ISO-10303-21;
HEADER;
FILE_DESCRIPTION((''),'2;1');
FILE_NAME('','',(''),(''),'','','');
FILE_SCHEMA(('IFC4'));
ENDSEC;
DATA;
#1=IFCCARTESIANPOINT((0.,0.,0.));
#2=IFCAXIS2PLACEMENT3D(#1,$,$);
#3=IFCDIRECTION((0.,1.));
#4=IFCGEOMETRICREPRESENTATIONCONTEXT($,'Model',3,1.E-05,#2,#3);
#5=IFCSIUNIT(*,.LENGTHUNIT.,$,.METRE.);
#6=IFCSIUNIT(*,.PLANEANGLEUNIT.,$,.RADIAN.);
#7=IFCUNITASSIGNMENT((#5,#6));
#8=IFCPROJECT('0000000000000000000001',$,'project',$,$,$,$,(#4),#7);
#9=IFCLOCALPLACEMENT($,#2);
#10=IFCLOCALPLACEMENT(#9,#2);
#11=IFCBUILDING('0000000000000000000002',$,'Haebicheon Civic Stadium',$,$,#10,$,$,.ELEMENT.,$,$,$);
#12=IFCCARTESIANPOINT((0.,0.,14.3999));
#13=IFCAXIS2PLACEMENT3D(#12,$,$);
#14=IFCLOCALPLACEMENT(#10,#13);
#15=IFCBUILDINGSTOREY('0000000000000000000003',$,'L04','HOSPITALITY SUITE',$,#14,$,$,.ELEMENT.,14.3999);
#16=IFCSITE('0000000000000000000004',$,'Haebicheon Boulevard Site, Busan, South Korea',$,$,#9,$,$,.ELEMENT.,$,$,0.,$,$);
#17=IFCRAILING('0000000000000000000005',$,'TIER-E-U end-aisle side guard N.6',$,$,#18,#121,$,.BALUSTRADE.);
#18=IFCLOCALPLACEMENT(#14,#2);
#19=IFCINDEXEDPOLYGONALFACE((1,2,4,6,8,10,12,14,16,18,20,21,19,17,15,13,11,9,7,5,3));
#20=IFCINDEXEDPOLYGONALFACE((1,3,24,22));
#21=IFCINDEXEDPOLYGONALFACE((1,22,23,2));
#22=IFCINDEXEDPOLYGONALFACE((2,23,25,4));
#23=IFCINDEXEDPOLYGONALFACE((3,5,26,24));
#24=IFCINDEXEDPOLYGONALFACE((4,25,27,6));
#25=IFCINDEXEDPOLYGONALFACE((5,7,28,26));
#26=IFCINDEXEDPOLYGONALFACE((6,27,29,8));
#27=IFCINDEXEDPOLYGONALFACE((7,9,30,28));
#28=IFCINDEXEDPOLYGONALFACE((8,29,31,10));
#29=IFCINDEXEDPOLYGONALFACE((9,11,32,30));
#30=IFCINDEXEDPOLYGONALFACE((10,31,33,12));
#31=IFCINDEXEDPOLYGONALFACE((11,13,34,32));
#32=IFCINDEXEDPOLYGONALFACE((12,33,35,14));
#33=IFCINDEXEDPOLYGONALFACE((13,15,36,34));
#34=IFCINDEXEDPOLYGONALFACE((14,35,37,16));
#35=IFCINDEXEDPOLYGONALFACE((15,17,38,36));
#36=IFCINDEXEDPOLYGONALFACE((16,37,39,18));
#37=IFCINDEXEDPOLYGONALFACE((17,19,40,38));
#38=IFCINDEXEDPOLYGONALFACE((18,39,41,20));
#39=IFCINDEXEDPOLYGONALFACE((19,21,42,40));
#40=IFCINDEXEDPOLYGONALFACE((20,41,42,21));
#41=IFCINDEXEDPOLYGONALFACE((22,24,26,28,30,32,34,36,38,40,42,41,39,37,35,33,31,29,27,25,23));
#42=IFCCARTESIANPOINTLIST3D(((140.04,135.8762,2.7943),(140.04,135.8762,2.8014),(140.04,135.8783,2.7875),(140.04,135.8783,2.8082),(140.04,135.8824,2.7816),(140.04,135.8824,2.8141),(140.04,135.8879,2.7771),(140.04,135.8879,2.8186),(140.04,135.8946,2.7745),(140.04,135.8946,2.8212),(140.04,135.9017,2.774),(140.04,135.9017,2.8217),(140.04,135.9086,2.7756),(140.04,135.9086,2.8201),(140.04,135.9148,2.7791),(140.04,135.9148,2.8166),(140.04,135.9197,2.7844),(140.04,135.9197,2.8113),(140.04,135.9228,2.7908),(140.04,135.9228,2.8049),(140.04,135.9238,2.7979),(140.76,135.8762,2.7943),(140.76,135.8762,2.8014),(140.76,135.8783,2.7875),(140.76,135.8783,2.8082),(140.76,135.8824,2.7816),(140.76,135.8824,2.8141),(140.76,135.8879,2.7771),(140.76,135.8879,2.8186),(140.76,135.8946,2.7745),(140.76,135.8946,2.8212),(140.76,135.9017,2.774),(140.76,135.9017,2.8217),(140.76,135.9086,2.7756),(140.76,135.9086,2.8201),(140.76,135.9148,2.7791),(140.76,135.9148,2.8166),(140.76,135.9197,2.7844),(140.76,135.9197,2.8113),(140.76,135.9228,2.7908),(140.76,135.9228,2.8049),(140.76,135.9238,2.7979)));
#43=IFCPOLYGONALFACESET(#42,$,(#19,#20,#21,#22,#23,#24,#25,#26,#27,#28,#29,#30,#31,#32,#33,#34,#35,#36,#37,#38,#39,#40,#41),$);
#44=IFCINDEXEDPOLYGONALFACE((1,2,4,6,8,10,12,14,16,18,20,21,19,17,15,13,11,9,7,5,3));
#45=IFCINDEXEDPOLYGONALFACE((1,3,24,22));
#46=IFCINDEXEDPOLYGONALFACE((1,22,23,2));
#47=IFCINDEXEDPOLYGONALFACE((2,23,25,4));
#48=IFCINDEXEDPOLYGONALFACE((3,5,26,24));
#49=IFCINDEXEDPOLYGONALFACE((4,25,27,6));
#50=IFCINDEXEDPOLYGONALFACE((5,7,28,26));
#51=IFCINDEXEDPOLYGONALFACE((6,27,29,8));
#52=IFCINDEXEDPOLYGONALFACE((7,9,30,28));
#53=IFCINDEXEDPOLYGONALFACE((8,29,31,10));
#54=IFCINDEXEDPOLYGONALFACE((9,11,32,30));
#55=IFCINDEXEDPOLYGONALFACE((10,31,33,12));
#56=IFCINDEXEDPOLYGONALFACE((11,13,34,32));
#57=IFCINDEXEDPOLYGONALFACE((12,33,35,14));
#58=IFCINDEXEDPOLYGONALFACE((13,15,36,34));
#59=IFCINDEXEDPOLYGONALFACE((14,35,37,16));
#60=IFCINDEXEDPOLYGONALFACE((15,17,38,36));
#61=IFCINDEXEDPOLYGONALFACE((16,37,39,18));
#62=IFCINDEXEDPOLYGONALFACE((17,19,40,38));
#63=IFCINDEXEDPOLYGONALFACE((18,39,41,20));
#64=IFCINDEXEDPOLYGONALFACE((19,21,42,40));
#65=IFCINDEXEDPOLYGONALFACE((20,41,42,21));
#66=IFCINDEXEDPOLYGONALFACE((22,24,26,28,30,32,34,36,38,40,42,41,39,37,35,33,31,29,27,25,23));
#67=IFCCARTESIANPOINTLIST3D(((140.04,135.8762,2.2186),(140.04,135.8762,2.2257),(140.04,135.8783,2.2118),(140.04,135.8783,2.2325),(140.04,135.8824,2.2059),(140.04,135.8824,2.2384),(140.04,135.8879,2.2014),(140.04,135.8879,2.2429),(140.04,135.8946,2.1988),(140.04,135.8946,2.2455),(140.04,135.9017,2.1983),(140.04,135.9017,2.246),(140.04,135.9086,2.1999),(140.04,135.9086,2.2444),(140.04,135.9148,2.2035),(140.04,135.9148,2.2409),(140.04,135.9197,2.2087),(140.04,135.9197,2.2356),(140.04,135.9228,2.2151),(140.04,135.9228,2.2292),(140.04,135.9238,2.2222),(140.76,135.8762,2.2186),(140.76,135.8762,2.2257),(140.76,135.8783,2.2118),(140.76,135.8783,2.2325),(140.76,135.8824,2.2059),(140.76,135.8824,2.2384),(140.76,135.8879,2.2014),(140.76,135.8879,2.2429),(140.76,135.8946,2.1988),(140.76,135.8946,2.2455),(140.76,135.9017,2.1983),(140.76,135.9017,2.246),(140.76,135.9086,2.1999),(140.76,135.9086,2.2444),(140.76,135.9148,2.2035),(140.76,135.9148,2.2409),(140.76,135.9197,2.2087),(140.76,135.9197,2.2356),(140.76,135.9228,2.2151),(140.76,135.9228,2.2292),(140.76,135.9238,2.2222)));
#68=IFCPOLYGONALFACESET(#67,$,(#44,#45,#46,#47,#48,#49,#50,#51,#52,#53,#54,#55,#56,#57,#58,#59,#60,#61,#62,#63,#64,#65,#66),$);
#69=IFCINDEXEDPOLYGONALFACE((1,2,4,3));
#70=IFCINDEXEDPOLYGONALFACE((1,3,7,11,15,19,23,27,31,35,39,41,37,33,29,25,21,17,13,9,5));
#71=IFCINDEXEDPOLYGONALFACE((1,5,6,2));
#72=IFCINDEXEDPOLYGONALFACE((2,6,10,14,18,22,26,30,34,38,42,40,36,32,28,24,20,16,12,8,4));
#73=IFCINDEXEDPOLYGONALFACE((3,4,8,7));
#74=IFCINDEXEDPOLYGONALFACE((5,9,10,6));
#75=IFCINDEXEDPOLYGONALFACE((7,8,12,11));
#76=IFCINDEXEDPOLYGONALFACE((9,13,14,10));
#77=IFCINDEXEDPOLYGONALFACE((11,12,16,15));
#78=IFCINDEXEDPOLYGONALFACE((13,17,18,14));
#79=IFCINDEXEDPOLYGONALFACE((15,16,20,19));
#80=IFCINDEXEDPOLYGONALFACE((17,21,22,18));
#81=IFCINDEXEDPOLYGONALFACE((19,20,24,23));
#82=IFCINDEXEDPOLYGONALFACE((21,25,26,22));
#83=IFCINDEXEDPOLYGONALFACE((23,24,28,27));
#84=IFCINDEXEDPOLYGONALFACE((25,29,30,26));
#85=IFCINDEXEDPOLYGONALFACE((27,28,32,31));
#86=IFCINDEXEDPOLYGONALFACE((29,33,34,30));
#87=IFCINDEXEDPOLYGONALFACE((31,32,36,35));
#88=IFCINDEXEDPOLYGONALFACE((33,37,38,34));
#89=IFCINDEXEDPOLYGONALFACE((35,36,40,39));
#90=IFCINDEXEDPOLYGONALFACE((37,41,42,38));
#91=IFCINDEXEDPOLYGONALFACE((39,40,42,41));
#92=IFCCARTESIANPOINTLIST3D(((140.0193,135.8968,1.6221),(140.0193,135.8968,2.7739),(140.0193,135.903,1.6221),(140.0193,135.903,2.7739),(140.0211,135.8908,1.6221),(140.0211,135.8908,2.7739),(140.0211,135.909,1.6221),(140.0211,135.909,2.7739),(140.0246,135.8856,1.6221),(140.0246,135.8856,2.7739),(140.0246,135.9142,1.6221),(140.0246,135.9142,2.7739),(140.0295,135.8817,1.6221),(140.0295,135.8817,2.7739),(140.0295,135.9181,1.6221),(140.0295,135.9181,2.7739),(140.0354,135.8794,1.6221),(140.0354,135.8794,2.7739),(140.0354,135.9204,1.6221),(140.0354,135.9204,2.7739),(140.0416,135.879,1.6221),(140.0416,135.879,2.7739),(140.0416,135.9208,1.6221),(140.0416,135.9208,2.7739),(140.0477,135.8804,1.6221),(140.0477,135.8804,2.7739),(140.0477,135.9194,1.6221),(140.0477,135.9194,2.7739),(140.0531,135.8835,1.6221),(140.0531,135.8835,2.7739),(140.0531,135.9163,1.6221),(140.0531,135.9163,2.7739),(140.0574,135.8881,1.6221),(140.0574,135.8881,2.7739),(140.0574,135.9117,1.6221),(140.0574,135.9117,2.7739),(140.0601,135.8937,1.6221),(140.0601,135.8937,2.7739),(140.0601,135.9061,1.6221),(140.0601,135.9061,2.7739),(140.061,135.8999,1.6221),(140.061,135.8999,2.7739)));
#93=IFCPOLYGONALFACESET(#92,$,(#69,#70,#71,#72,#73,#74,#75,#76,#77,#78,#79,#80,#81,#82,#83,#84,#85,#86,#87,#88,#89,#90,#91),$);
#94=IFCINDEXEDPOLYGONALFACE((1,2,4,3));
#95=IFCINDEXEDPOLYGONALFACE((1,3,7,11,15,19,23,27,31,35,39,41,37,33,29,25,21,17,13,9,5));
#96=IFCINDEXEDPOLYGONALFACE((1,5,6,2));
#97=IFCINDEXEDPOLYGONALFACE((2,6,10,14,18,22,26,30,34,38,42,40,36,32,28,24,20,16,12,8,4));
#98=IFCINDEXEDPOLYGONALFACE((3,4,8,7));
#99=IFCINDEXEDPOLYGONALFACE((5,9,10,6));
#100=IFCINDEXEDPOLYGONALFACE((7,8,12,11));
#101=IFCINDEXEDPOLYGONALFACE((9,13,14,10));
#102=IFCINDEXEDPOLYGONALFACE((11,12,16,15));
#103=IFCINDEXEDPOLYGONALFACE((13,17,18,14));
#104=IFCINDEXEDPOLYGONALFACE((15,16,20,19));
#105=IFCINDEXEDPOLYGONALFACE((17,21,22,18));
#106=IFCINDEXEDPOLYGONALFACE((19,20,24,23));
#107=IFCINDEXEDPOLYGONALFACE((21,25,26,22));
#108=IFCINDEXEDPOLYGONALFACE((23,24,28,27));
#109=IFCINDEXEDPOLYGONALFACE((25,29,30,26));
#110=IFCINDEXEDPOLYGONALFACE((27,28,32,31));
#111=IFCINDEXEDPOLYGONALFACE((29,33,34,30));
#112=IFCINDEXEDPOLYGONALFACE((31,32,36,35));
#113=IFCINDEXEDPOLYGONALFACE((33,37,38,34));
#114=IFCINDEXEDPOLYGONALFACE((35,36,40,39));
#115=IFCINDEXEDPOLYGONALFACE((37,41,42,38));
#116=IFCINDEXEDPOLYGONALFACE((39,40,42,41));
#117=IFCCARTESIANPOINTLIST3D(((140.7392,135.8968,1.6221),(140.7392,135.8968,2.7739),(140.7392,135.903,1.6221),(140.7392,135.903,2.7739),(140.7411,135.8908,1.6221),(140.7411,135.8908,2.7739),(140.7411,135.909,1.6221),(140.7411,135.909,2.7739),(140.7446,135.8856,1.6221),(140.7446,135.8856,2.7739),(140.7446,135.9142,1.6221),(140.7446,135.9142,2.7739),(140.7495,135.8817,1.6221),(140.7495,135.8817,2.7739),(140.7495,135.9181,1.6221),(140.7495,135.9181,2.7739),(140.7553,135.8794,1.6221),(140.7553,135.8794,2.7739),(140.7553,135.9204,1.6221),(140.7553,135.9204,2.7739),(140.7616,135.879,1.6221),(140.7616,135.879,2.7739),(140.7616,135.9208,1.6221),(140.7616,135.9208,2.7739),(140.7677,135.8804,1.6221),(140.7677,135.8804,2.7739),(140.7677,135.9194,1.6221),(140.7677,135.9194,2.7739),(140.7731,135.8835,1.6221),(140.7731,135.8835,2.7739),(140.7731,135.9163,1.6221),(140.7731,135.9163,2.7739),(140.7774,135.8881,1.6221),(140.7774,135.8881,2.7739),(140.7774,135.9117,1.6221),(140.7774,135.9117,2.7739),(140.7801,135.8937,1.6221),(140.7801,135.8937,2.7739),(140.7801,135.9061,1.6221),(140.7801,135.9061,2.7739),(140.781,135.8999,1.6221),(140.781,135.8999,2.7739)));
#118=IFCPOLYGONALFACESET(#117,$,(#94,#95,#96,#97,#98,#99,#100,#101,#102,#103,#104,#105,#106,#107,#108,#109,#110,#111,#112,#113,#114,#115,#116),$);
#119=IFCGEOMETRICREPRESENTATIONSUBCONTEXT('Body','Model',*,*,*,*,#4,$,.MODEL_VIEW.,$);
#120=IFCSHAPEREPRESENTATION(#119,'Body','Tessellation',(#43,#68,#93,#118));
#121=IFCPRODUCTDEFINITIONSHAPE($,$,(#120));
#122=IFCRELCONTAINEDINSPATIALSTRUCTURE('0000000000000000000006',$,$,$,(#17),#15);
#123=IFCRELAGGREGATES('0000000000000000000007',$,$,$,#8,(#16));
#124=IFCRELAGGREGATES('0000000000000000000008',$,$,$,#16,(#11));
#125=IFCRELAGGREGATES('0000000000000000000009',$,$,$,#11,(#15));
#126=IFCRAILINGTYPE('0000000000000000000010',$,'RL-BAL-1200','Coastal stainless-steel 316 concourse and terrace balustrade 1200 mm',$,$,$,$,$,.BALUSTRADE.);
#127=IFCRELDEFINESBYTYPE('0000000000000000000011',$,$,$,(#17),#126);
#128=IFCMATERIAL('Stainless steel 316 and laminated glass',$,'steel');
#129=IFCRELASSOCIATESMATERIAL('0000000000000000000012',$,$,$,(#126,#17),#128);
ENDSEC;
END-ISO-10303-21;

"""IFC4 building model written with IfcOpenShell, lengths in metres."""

from ifc_helpers import new_model, si_unit, direction, frame, origin, origin_2d, place, context, subcontext, project, spatial, circle, extrude, material, type_object, element, save


model = new_model("IFC4")

# Units and contexts
model_context = context("Model", 3, precision=1e-05, world=origin(), true_north=direction((0.0, 1.0)))
body_context = subcontext(model_context, "Body", "Model", "MODEL_VIEW")
ifc_project = project(units=[si_unit("LENGTHUNIT", "METRE"), si_unit("PLANEANGLEUNIT", "RADIAN")], contexts=[model_context])

# Site, building, storey
site_placement = place(None, origin())
site = spatial("IfcSite", under=ifc_project, at=site_placement, Name="Haebicheon Boulevard Site, Busan, South Korea", CompositionType="ELEMENT", RefElevation=0.0)
building_placement = place(site_placement, origin())
building = spatial("IfcBuilding", under=site, at=building_placement, Name="Haebicheon Civic Stadium", CompositionType="ELEMENT")
storey_placement = place(building_placement, frame((0.0, 0.0, 14.3999)))
storey = spatial("IfcBuildingStorey", under=building, at=storey_placement, Name="L04", Description="HOSPITALITY SUITE", CompositionType="ELEMENT", Elevation=14.3999)

# Railing
ifc_material_1 = material(Name="Stainless steel 316 and laminated glass", Category="steel")
railing_type = type_object("IfcRailingType", Name="RL-BAL-1200", Description="Coastal stainless-steel 316 concourse and terrace balustrade 1200 mm", PredefinedType="BALUSTRADE", material=ifc_material_1)
for number, where, name in (
    (1, (140.04, 135.8999, 1.6221), "TIER-E-U end-aisle side guard N.6"),
):
    element("IfcRailing", number, at=place(storey_placement, frame(where)), inside=storey, type_object=railing_type, material=ifc_material_1, Name=name, PredefinedType="BALUSTRADE", context=body_context, shape_type="SweptSolid", body=[
        extrude(circle(Radius=0.0239, at=origin_2d()), frame((0.0, 0.0, 1.1758), z_axis=(1.0, 0.0, 0.0), x_axis=(0.0, 1.0, 0.0)), (0.0, 0.0, 1.0), 0.72),
        extrude(circle(Radius=0.0239, at=origin_2d()), frame((0.0, 0.0, 0.6001), z_axis=(1.0, 0.0, 0.0), x_axis=(0.0, 1.0, 0.0)), (0.0, 0.0, 1.0), 0.72),
        extrude(circle(Radius=0.021, at=origin_2d()), origin(), (0.0, 0.0, 1.0), 1.1519),
        extrude(circle(Radius=0.021, at=origin_2d()), frame((0.72, 0.0, 0.0)), (0.0, 0.0, 1.0), 1.1519),
    ])

save(model, "model.ifc")
